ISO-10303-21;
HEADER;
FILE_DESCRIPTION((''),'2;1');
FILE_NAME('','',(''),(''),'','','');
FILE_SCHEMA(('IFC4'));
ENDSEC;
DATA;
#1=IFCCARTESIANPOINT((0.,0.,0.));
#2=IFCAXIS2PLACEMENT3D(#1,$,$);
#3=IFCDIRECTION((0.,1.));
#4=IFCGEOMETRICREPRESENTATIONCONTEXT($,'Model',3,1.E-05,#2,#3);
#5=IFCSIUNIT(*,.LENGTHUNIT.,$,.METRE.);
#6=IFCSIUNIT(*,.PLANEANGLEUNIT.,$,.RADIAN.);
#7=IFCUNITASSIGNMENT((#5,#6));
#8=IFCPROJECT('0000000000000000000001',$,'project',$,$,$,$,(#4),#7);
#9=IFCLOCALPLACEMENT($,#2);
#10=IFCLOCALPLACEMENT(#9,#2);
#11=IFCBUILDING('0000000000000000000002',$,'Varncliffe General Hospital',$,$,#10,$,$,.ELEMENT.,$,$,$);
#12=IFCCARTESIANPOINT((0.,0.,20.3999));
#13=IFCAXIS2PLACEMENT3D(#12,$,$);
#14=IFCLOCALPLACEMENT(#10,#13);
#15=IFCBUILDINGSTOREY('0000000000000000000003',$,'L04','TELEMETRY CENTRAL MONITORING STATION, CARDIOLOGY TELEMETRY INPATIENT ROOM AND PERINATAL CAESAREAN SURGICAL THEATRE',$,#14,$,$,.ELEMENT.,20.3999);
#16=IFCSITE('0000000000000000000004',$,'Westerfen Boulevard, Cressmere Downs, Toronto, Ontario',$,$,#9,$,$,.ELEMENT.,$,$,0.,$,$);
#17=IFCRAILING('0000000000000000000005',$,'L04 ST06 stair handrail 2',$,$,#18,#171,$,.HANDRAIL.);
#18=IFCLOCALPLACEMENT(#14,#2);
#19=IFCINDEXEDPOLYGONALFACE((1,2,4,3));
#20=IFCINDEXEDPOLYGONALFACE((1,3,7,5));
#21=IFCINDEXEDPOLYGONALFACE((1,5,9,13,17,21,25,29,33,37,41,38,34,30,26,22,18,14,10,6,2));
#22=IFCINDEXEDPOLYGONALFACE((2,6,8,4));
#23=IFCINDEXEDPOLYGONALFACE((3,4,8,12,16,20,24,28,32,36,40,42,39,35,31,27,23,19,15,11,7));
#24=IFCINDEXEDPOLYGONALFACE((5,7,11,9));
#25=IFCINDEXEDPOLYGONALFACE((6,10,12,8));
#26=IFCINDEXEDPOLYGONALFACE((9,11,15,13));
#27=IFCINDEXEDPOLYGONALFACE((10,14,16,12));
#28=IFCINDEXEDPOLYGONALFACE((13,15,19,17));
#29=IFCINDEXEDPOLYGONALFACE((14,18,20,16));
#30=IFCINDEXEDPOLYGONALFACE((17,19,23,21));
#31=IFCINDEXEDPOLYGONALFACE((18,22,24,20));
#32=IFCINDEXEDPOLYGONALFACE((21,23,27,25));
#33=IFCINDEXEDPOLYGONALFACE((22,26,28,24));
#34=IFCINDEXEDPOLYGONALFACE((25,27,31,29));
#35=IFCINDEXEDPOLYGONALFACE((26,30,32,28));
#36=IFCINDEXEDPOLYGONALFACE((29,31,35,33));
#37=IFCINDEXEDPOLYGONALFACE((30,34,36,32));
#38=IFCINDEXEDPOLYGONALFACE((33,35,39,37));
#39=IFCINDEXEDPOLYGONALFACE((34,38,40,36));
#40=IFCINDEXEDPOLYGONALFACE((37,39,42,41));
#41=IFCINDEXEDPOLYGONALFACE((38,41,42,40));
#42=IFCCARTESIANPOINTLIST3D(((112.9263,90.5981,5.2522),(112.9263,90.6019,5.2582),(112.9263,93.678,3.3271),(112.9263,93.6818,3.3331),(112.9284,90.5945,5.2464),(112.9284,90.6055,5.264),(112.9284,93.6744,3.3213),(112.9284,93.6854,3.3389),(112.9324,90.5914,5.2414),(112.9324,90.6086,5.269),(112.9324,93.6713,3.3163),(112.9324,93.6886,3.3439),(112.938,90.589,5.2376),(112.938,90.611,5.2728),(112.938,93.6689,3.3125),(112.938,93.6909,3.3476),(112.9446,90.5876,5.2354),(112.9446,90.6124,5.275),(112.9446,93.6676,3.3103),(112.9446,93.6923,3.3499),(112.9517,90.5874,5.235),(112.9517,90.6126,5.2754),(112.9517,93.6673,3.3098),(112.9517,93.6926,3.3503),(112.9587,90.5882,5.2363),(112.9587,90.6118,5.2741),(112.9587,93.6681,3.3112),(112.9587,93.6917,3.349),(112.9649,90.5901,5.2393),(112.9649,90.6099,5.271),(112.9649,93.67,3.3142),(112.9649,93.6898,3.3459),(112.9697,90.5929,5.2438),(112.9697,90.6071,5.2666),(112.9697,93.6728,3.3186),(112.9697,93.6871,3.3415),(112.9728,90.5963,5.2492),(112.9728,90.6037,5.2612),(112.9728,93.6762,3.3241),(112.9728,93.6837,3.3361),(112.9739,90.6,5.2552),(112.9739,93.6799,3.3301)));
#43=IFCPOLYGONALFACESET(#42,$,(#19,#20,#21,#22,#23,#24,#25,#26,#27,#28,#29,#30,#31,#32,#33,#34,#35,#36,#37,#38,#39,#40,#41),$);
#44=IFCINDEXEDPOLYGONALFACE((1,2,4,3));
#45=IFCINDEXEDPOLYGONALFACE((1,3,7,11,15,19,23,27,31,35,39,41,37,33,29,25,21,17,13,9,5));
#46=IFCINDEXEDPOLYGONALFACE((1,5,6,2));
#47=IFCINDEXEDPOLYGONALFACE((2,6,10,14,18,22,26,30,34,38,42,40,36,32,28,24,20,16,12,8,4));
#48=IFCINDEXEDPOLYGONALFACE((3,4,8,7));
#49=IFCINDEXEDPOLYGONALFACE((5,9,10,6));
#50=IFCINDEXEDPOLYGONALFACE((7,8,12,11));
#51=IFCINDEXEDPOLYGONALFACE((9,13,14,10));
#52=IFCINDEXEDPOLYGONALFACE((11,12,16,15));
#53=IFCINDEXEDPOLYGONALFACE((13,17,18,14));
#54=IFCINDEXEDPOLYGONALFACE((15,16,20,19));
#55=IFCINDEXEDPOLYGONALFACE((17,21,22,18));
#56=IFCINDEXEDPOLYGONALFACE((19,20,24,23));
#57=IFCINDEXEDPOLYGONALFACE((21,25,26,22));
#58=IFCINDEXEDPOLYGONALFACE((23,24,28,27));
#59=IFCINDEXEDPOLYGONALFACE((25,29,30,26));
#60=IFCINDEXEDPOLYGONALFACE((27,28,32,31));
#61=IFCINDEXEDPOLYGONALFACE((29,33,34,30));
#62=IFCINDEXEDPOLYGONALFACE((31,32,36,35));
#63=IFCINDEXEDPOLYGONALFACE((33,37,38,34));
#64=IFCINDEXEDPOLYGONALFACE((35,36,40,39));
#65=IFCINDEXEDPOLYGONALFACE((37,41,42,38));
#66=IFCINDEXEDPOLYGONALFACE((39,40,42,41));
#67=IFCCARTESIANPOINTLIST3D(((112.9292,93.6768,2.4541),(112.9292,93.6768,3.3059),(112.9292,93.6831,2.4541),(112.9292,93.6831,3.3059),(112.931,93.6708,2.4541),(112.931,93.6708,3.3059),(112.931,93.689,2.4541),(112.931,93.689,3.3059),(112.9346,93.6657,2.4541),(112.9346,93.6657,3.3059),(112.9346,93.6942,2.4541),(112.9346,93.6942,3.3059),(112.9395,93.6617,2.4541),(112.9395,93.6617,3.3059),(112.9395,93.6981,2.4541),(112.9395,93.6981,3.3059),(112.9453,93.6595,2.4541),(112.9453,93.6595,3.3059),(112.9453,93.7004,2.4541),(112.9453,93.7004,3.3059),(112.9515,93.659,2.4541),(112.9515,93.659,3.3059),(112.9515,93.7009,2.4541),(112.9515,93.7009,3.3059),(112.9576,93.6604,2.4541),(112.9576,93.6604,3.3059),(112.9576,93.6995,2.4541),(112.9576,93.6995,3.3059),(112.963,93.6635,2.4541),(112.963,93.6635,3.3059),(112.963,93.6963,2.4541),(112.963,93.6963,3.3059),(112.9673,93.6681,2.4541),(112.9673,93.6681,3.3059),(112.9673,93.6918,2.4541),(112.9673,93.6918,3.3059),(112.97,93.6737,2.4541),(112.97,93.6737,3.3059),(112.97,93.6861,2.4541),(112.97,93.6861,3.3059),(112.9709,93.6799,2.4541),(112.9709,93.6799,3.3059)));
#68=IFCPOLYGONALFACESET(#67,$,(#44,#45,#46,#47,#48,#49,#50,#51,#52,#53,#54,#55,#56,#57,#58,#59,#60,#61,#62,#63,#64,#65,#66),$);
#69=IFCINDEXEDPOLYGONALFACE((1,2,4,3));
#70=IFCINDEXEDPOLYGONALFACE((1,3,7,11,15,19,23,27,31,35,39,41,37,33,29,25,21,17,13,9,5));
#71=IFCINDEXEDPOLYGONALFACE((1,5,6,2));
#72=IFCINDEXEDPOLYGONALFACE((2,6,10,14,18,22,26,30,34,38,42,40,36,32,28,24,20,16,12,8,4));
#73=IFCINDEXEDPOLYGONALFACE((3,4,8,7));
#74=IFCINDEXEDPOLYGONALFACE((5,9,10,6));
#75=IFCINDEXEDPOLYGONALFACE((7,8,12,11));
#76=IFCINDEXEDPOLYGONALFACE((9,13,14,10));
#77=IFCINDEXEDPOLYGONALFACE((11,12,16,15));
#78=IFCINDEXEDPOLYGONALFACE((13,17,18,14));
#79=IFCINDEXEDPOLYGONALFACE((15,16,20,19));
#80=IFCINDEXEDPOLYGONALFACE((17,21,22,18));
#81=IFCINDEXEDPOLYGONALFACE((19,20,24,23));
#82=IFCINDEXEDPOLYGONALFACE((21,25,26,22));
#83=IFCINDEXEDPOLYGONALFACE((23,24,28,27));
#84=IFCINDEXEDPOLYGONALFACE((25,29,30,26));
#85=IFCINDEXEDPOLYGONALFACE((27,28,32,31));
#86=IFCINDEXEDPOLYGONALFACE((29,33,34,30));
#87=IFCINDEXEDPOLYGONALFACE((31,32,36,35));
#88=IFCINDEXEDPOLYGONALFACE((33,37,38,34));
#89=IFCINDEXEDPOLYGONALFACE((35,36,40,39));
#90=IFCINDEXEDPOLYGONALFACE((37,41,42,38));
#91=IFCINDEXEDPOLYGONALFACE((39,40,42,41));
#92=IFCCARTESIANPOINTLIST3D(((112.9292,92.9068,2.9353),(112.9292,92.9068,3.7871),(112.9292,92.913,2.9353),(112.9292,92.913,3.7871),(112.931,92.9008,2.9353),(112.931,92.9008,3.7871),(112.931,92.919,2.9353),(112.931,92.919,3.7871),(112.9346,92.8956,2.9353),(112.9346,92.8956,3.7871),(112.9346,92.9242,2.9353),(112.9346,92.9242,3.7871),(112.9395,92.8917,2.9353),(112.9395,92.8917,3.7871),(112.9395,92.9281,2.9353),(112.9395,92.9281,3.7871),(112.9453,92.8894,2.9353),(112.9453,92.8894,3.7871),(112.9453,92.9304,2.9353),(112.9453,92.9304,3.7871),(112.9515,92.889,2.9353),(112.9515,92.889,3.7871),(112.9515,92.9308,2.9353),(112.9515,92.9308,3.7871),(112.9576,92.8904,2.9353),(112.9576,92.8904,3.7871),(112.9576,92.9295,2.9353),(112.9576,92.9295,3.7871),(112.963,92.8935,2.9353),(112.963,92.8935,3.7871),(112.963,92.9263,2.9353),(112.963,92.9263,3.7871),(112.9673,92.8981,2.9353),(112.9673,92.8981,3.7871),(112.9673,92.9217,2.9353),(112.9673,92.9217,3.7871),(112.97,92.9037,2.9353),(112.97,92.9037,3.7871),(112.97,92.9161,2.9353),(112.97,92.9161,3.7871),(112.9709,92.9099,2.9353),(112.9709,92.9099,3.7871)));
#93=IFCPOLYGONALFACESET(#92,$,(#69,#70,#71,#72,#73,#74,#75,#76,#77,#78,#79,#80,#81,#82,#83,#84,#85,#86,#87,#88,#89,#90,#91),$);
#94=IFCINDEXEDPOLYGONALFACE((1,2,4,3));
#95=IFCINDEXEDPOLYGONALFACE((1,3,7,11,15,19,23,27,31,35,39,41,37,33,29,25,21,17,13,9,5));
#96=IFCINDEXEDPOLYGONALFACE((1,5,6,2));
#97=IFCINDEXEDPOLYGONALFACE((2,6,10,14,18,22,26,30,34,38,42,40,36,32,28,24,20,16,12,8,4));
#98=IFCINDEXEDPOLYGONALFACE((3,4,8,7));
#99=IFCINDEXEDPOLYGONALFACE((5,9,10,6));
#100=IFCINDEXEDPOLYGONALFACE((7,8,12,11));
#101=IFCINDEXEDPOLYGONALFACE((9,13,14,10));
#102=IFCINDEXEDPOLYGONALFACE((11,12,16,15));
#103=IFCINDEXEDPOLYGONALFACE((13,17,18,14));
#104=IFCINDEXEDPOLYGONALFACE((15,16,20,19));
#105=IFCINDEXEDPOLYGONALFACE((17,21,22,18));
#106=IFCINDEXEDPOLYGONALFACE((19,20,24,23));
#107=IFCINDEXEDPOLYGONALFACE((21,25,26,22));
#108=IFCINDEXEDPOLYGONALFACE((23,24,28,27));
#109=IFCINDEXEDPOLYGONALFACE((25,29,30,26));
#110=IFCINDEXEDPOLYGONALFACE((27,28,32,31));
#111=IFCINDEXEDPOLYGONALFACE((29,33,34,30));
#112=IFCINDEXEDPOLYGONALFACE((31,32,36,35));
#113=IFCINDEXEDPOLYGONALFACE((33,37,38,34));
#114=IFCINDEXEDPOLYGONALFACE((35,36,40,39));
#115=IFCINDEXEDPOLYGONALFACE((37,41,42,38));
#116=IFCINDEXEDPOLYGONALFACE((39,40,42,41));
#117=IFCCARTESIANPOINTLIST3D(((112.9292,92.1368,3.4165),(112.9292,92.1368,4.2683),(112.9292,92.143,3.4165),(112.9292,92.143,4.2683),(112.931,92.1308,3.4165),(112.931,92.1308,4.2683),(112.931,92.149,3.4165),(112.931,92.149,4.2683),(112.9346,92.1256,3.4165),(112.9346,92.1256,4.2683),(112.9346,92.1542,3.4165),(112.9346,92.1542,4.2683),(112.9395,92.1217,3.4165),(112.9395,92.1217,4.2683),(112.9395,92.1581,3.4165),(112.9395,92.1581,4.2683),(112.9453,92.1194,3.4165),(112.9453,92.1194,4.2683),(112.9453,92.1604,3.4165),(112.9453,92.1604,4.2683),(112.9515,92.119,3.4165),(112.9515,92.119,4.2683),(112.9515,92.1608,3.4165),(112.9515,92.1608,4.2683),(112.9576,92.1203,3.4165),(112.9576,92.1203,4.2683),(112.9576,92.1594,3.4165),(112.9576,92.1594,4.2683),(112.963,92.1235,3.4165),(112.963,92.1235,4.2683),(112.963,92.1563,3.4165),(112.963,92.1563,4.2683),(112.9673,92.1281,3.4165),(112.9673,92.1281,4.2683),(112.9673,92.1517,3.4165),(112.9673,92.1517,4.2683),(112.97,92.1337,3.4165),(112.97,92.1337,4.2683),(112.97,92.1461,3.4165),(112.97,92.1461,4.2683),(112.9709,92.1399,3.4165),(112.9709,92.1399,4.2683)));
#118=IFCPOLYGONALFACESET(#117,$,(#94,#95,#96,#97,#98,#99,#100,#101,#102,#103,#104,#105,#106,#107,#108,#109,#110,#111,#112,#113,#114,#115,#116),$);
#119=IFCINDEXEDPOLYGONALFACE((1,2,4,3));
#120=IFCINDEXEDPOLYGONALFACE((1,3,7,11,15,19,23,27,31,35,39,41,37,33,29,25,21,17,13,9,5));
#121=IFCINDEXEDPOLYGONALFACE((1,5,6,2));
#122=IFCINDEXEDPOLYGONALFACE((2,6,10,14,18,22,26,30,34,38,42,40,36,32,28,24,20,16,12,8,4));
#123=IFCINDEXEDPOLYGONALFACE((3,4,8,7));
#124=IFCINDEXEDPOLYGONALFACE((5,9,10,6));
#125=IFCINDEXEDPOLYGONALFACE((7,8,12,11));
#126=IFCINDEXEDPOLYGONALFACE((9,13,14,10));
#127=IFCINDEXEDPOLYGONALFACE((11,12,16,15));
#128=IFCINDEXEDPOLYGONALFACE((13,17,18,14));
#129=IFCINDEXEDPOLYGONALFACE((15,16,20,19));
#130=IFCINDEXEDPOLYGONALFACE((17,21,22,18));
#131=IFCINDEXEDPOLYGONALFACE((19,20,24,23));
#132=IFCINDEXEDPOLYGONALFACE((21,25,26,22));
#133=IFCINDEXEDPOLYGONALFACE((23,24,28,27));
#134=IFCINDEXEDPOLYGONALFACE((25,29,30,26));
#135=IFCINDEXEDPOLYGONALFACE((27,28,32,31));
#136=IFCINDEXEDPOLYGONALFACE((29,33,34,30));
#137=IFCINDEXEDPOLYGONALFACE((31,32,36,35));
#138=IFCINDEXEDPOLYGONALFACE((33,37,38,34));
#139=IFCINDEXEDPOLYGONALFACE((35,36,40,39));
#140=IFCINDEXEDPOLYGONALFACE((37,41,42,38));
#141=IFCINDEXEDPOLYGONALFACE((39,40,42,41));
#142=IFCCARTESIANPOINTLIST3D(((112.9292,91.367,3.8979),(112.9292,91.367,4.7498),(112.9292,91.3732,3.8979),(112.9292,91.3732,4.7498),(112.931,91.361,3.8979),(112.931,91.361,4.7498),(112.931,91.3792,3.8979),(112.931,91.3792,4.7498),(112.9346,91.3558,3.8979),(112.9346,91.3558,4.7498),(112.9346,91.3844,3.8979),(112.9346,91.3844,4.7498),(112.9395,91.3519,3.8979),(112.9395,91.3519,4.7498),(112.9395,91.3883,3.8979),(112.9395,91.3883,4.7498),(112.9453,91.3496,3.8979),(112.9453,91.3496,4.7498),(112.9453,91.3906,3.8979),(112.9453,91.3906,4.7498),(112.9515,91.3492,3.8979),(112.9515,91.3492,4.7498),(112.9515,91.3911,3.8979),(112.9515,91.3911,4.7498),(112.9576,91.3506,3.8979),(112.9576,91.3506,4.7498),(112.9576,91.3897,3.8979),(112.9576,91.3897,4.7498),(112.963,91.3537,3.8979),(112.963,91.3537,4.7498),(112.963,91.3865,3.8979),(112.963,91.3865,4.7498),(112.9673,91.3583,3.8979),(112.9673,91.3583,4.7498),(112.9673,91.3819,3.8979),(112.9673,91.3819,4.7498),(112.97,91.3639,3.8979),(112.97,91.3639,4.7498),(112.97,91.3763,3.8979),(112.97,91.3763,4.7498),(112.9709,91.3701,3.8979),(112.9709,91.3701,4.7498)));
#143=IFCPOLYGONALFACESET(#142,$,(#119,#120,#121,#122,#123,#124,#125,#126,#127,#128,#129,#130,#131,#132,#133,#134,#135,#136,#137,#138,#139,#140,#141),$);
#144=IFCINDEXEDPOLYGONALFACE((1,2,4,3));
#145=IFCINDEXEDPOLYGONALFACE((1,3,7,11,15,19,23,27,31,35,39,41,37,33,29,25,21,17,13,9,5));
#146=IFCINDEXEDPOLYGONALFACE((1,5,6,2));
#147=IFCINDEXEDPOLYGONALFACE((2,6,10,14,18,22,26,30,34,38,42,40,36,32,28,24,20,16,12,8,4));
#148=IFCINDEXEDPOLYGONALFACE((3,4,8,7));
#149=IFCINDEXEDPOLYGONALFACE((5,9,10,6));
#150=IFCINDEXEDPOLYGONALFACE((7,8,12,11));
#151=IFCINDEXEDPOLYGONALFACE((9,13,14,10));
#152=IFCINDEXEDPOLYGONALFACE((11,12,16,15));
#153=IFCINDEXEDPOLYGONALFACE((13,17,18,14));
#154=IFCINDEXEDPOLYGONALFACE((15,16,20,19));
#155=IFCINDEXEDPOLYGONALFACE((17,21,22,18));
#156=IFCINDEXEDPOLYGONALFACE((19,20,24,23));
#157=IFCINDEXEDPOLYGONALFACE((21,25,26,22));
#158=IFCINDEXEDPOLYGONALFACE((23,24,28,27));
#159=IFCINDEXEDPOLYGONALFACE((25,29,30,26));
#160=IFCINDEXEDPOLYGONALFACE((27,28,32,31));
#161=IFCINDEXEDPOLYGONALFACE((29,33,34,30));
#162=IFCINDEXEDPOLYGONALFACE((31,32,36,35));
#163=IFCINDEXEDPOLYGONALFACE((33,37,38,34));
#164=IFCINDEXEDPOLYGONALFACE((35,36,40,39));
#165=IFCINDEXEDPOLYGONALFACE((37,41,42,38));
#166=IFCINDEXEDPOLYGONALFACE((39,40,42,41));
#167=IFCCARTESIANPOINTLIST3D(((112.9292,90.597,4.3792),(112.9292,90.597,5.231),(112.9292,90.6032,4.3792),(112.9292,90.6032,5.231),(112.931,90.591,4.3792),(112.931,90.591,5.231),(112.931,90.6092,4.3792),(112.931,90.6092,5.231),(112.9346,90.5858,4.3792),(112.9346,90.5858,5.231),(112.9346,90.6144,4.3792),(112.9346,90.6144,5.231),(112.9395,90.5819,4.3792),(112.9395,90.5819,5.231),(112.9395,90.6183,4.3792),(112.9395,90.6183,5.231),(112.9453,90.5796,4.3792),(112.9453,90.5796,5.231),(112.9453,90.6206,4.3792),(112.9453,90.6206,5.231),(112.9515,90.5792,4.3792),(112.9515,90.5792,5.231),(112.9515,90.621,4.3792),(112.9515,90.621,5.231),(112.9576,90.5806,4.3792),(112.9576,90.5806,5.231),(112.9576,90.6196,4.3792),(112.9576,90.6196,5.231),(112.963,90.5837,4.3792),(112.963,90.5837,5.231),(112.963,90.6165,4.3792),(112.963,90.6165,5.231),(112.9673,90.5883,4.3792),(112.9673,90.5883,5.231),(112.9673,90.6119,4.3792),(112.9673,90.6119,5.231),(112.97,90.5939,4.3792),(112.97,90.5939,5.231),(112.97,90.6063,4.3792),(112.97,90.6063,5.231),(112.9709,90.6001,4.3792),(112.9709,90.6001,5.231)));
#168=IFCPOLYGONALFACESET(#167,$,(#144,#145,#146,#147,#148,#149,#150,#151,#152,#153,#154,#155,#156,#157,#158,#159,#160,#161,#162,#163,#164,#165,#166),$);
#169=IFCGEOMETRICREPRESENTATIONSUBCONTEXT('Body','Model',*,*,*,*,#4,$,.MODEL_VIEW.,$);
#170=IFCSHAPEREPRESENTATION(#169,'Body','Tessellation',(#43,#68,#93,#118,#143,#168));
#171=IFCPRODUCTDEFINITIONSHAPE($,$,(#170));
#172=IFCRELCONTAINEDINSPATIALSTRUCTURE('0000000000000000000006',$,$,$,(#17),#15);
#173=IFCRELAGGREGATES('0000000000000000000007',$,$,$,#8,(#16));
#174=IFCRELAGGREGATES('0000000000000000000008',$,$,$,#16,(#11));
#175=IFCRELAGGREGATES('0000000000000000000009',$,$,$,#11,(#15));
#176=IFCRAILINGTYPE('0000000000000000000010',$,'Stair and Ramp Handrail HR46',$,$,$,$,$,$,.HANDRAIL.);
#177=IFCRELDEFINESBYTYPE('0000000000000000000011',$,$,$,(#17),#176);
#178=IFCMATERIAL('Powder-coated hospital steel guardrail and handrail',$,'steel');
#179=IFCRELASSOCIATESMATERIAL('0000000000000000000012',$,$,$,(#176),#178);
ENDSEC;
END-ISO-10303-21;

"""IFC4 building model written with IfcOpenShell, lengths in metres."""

from ifc_helpers import new_model, si_unit, direction, frame, origin, origin_2d, place, context, subcontext, project, spatial, circle, extrude, material, type_object, element, save


model = new_model("IFC4")

# Units and contexts
model_context = context("Model", 3, precision=1e-05, world=origin(), true_north=direction((0.0, 1.0)))
body_context = subcontext(model_context, "Body", "Model", "MODEL_VIEW")
ifc_project = project(units=[si_unit("LENGTHUNIT", "METRE"), si_unit("PLANEANGLEUNIT", "RADIAN")], contexts=[model_context])

# Site, building, storey
site_placement = place(None, origin())
site = spatial("IfcSite", under=ifc_project, at=site_placement, Name="Westerfen Boulevard, Cressmere Downs, Toronto, Ontario", CompositionType="ELEMENT", RefElevation=0.0)
building_placement = place(site_placement, origin())
building = spatial("IfcBuilding", under=site, at=building_placement, Name="Varncliffe General Hospital", CompositionType="ELEMENT")
storey_placement = place(building_placement, frame((0.0, 0.0, 20.3999)))
storey = spatial("IfcBuildingStorey", under=building, at=storey_placement, Name="L04", Description="TELEMETRY CENTRAL MONITORING STATION, CARDIOLOGY TELEMETRY INPATIENT ROOM AND PERINATAL CAESAREAN SURGICAL THEATRE", CompositionType="ELEMENT", Elevation=20.3999)

# Railing
ifc_material_1 = material(Name="Powder-coated hospital steel guardrail and handrail", Category="steel")
railing_type_1 = type_object("IfcRailingType", Name="Stair and Ramp Handrail HR46", PredefinedType="HANDRAIL", material=ifc_material_1)
railing_1_placement = place(storey_placement, frame((112.95, 93.6799, 2.4541)))
element("IfcRailing", 1, at=railing_1_placement, inside=storey, type_object=railing_type_1, Name="L04 ST06 stair handrail 2", PredefinedType="HANDRAIL", context=body_context, shape_type="SweptSolid", body=[
    extrude(circle(Radius=0.0239, at=origin_2d()), frame((0.0, 0.0, 0.876), z_axis=(0.0, -0.847979, 0.530029), x_axis=(1.0, 0.0, 0.0)), (0.0, 0.0, 1.0), 3.6321),
    extrude(circle(Radius=0.021, at=origin_2d()), origin(), (0.0, 0.0, 1.0), 0.8518),
    extrude(circle(Radius=0.021, at=origin_2d()), frame((0.0, -0.77, 0.4812)), (0.0, 0.0, 1.0), 0.8518),
    extrude(circle(Radius=0.021, at=origin_2d()), frame((0.0, -1.54, 0.9624)), (0.0, 0.0, 1.0), 0.8518),
    extrude(circle(Radius=0.021, at=origin_2d()), frame((0.0, -2.3098, 1.4438)), (0.0, 0.0, 1.0), 0.8518),
    extrude(circle(Radius=0.021, at=origin_2d()), frame((0.0, -3.0798, 1.925)), (0.0, 0.0, 1.0), 0.8518),
])

save(model, "model.ifc")
